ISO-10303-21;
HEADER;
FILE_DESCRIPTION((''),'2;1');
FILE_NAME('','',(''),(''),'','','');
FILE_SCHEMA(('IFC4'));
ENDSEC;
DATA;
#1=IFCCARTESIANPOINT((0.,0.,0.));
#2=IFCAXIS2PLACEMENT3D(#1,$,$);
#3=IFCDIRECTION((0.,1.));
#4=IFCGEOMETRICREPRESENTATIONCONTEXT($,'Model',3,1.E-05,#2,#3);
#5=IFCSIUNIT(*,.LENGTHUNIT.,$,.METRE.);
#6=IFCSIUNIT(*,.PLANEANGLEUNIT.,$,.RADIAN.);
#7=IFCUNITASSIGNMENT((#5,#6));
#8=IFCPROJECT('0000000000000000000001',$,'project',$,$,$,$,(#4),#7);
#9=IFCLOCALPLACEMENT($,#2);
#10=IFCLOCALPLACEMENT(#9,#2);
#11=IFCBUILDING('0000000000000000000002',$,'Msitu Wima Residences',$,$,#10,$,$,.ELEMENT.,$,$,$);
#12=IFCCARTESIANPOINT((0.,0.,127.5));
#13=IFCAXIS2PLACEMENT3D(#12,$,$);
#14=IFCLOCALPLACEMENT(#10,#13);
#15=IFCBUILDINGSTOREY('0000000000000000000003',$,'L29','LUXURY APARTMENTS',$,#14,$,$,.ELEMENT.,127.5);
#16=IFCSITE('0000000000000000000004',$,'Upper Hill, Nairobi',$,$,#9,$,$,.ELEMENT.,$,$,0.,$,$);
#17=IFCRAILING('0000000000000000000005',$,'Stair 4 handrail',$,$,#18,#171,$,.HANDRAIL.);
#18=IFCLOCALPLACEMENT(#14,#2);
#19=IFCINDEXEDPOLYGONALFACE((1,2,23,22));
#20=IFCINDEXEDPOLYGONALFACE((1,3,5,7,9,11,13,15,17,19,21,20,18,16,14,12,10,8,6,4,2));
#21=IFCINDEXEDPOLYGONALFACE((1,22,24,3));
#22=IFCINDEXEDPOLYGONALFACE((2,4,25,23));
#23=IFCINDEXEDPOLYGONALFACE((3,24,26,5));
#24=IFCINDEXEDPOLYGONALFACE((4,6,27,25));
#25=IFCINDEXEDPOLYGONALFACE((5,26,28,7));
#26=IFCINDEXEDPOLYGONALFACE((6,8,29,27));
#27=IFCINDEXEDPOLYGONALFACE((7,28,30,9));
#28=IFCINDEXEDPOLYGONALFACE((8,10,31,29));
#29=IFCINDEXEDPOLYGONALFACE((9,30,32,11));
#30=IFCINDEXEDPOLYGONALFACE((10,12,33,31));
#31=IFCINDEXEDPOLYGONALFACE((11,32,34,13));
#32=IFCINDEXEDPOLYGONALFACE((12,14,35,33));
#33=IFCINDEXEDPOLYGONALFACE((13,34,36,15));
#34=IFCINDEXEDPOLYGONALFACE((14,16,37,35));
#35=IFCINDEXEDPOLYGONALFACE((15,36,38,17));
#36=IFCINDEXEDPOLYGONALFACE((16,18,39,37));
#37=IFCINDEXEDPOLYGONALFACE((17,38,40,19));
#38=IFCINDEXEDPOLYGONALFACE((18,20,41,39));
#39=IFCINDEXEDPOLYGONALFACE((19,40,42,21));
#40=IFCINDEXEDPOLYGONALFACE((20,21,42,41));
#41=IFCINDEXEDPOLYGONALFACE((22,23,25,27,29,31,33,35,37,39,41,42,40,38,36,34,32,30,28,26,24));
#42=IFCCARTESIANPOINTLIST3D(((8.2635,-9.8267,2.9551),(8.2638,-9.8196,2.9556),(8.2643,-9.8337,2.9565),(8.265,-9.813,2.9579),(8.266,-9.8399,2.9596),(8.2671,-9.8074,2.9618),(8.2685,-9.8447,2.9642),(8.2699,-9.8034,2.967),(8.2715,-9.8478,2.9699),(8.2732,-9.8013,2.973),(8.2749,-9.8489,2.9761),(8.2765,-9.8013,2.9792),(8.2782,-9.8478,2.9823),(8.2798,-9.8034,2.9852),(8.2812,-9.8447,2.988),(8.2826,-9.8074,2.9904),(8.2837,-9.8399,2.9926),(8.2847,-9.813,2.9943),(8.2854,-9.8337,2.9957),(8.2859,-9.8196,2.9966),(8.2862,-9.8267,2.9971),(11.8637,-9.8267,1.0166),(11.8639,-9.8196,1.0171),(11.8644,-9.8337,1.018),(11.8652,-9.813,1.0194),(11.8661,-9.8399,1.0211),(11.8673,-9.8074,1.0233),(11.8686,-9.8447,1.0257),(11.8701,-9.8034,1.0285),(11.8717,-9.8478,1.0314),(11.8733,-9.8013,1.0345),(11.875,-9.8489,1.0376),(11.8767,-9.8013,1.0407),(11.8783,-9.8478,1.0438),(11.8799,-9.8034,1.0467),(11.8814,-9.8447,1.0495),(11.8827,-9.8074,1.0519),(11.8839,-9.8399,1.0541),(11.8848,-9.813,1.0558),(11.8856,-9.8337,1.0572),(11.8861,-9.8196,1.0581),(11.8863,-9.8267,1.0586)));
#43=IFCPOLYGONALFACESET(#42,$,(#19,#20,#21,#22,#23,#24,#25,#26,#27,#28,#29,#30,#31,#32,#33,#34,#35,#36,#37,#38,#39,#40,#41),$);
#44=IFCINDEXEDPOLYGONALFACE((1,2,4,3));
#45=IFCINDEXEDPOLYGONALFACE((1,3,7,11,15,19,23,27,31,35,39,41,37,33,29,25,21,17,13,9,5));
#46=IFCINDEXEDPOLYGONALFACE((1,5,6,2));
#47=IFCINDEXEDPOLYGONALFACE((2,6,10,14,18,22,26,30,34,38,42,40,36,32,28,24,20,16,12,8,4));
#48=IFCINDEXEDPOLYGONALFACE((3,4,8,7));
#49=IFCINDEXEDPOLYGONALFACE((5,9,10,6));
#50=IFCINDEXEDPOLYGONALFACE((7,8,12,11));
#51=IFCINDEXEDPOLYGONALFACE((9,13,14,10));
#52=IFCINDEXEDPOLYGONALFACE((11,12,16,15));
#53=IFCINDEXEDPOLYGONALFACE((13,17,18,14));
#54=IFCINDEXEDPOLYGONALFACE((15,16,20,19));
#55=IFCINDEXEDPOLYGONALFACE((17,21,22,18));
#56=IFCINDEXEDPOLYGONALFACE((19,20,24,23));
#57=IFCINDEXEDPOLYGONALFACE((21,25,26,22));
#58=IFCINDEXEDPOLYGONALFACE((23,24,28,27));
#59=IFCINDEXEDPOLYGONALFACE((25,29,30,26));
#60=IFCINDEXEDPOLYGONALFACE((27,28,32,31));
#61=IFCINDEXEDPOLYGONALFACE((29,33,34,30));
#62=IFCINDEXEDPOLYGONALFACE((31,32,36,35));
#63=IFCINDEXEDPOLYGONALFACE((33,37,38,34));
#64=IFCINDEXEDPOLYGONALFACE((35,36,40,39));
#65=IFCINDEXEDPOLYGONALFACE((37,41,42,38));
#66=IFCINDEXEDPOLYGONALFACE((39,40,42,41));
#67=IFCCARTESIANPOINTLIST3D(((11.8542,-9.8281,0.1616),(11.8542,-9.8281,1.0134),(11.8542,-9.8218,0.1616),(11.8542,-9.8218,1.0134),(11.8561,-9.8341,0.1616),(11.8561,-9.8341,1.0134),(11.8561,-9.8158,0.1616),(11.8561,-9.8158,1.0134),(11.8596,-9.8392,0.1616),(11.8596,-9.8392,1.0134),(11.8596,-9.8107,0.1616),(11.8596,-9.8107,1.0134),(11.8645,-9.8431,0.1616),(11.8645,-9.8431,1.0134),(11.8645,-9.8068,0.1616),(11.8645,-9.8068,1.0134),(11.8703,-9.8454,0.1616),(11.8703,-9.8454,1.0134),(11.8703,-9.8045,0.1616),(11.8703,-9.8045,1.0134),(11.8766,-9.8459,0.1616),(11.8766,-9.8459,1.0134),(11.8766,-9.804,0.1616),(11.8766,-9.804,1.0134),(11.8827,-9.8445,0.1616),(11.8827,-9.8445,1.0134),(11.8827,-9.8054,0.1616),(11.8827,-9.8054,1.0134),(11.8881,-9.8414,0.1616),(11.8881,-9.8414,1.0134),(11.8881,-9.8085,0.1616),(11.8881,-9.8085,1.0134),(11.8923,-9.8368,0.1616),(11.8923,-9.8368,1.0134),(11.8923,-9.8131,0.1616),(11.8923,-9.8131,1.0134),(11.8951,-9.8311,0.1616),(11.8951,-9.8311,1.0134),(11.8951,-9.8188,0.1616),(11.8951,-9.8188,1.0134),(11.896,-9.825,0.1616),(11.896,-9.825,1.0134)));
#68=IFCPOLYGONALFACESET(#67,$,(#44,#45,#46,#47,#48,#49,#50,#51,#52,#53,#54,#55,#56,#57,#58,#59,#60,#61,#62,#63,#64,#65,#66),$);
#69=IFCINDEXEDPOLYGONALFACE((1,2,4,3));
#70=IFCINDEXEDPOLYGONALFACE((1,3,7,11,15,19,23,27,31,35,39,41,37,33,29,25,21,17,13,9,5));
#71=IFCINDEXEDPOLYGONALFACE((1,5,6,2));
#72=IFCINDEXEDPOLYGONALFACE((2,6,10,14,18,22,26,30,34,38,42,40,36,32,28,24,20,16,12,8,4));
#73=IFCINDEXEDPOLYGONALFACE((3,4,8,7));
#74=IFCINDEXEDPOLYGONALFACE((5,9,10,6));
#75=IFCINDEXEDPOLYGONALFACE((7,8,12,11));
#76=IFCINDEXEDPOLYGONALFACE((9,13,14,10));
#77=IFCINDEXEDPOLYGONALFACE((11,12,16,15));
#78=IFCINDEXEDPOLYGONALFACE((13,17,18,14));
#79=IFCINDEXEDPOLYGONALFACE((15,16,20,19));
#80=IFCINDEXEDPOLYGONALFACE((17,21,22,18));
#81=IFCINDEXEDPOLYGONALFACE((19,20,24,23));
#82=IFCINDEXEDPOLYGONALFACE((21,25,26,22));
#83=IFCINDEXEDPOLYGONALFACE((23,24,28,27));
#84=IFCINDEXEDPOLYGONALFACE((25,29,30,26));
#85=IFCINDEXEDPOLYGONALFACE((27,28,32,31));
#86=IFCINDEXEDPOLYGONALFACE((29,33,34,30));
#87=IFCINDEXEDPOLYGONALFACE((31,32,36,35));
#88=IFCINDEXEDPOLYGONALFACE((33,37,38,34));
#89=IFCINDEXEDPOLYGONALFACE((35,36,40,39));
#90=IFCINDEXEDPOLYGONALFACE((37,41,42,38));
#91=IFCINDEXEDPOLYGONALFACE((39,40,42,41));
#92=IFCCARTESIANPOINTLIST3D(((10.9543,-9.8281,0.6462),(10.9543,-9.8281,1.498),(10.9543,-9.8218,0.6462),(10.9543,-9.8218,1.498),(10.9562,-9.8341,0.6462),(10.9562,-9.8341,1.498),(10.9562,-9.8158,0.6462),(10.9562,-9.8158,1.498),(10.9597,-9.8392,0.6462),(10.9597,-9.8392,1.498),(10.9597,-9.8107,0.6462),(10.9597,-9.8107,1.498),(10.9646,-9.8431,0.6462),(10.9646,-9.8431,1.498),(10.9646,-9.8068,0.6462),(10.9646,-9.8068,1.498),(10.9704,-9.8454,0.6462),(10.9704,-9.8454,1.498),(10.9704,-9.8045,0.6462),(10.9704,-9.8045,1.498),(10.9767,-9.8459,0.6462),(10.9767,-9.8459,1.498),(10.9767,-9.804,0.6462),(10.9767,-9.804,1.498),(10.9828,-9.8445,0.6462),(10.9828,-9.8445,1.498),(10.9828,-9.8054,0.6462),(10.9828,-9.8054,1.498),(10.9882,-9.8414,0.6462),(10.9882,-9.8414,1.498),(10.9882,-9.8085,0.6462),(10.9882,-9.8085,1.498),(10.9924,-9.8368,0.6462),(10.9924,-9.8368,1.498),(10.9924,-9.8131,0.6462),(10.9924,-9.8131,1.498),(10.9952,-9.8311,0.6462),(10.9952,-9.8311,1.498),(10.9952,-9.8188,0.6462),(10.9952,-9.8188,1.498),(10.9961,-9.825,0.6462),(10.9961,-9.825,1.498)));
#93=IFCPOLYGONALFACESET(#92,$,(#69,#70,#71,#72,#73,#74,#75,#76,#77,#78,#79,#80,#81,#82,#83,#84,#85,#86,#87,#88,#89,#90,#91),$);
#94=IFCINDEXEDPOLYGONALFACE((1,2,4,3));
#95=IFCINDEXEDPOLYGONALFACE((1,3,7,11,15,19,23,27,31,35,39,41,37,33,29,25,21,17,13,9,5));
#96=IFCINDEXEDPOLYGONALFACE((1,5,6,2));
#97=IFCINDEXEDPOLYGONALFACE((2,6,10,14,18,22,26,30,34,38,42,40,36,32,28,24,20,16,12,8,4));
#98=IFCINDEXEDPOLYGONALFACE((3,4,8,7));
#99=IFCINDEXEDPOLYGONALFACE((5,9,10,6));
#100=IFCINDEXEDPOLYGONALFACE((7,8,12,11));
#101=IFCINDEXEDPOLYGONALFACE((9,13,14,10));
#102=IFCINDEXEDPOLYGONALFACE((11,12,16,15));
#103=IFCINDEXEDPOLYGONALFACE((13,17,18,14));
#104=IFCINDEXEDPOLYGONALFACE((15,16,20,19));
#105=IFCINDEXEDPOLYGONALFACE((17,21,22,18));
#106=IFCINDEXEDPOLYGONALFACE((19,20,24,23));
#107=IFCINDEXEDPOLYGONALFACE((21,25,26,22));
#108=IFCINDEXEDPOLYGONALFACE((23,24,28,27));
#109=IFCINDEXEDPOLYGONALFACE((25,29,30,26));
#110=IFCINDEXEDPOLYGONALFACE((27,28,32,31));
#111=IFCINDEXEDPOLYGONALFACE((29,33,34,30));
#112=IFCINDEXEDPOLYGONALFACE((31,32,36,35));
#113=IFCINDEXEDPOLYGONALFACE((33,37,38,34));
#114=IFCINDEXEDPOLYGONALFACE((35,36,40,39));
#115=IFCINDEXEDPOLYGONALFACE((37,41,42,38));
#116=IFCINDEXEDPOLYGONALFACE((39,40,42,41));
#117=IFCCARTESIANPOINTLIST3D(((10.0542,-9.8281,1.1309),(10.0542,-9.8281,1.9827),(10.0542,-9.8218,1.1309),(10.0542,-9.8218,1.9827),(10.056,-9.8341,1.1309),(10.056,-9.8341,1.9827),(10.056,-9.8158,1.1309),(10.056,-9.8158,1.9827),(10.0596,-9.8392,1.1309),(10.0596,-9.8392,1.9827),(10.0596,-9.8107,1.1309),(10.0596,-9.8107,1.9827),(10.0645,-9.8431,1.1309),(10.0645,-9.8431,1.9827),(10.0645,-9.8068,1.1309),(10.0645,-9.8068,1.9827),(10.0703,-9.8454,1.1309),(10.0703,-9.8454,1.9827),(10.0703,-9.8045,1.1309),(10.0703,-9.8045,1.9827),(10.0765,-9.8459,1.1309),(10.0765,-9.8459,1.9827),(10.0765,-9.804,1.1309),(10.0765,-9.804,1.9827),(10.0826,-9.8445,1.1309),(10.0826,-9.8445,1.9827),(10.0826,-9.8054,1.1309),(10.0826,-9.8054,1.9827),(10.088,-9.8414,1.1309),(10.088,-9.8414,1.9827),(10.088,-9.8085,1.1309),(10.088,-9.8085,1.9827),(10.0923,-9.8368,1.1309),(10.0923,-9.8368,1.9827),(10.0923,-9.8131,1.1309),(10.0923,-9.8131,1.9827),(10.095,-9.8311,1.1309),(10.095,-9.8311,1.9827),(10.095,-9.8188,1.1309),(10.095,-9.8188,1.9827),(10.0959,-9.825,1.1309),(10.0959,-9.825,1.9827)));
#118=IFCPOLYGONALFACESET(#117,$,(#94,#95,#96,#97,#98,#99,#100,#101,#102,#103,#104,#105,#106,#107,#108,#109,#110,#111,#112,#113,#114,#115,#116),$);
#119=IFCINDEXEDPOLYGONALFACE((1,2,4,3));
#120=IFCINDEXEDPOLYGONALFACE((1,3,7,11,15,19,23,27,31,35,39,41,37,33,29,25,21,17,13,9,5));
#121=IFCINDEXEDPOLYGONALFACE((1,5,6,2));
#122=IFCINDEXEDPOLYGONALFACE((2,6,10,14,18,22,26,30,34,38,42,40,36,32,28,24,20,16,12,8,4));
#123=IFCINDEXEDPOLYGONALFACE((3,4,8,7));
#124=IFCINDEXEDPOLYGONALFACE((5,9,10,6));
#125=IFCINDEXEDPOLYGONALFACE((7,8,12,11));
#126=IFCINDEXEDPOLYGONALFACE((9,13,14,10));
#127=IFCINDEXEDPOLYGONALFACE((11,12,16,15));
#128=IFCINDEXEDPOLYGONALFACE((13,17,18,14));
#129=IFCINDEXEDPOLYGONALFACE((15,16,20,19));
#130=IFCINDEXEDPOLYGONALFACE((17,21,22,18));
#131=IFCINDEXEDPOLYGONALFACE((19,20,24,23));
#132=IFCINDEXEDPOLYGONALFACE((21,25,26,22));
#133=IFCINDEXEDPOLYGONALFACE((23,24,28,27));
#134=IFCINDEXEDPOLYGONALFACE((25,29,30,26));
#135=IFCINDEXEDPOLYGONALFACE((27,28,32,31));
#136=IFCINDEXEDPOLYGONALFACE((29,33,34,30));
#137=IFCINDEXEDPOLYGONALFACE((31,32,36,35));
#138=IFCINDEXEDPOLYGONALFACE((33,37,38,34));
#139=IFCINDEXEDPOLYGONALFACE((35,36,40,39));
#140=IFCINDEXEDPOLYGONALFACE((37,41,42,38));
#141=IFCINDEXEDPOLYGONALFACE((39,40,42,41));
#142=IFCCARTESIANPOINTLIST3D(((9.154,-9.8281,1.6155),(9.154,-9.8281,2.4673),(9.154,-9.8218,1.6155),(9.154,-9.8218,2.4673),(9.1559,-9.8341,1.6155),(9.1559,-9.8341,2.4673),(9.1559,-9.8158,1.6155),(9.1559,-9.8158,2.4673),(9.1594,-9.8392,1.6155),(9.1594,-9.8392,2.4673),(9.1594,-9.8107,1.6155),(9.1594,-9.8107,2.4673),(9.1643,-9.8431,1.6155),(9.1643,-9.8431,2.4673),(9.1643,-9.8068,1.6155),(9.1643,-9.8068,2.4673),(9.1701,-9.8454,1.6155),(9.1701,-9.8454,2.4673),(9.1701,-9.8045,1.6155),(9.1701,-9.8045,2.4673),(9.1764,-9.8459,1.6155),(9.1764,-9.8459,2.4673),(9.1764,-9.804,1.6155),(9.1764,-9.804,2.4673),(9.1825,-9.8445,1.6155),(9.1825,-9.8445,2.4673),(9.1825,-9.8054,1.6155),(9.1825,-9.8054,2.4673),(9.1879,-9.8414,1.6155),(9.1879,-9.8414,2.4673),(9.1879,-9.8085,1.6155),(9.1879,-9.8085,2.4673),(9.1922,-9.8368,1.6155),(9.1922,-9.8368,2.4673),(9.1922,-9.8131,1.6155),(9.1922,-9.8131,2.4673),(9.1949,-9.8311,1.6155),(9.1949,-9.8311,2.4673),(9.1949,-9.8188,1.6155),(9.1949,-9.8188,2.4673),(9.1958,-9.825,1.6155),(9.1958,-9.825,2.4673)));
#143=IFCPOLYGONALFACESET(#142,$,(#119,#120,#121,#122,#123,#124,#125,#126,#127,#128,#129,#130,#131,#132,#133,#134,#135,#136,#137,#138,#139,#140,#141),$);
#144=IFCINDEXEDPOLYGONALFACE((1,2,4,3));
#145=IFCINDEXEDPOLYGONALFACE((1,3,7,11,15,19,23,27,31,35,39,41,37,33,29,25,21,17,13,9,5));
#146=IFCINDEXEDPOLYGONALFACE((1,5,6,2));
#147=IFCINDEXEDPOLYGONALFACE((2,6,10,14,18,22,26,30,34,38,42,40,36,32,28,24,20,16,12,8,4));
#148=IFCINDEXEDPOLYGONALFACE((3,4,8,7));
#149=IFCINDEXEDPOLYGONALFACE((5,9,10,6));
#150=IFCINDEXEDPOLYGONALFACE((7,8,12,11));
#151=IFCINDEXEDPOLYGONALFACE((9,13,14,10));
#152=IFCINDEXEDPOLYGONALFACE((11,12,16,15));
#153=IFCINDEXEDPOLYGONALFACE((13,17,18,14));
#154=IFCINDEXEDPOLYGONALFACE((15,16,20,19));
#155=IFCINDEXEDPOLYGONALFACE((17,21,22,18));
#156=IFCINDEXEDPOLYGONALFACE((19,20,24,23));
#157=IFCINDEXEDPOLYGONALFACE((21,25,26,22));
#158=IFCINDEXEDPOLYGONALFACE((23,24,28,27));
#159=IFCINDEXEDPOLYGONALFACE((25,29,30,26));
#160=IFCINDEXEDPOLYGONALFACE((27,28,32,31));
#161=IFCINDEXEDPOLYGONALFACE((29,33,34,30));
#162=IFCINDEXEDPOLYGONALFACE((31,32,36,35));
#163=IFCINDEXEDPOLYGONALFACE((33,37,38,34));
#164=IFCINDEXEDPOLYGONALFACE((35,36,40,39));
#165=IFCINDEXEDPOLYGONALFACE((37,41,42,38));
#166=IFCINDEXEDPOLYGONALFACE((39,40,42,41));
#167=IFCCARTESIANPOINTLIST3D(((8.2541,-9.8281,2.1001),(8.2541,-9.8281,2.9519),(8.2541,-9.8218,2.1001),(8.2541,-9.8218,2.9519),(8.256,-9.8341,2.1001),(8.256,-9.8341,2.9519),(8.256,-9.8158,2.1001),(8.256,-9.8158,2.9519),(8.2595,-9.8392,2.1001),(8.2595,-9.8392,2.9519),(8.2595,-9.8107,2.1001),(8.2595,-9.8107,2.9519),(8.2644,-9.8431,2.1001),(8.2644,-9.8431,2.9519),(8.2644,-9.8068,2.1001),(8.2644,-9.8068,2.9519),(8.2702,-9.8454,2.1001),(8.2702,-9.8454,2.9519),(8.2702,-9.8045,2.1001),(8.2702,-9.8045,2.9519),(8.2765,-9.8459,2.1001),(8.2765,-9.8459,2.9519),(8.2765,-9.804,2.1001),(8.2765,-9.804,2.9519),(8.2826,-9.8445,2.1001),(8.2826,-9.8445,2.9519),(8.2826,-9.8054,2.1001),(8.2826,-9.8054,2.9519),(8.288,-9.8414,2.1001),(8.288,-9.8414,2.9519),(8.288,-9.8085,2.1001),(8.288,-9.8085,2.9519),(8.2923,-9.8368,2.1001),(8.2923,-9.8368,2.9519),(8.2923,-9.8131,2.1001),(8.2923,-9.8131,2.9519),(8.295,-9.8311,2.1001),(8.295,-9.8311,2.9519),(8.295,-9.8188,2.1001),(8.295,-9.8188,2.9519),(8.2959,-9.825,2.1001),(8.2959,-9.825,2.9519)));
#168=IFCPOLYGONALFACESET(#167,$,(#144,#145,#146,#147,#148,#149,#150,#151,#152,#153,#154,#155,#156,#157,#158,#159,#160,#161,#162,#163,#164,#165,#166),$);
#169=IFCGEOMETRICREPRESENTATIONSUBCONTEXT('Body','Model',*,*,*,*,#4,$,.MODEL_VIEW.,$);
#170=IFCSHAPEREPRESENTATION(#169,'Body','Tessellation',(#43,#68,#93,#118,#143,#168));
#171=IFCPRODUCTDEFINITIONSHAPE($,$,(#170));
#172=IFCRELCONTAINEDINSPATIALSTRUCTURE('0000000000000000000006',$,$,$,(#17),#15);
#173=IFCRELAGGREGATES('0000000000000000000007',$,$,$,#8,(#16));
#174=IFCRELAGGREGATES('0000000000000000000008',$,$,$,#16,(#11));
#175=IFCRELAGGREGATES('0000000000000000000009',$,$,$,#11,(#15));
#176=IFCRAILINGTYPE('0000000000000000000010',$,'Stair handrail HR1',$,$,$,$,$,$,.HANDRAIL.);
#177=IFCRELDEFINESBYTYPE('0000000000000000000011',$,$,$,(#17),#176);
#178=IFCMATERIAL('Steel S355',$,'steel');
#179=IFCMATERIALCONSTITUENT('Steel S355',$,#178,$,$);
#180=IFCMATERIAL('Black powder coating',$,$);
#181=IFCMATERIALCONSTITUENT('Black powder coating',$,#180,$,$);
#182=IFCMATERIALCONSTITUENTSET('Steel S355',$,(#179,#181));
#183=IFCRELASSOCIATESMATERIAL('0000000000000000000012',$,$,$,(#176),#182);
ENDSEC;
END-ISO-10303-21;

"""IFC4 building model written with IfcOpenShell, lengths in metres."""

from ifc_helpers import new_model, si_unit, direction, frame, origin, origin_2d, place, context, subcontext, project, spatial, circle, extrude, material, constituent, constituent_set, type_object, element, save


model = new_model("IFC4")

# Units and contexts
model_context = context("Model", 3, precision=1e-05, world=origin(), true_north=direction((0.0, 1.0)))
body_context = subcontext(model_context, "Body", "Model", "MODEL_VIEW")
ifc_project = project(units=[si_unit("LENGTHUNIT", "METRE"), si_unit("PLANEANGLEUNIT", "RADIAN")], contexts=[model_context])

# Site, building, storey
site_placement = place(None, origin())
site = spatial("IfcSite", under=ifc_project, at=site_placement, Name="Upper Hill, Nairobi", CompositionType="ELEMENT", RefElevation=0.0)
building_placement = place(site_placement, origin())
building = spatial("IfcBuilding", under=site, at=building_placement, Name="Msitu Wima Residences", CompositionType="ELEMENT")
storey_placement = place(building_placement, frame((0.0, 0.0, 127.5)))
storey = spatial("IfcBuildingStorey", under=building, at=storey_placement, Name="L29", Description="LUXURY APARTMENTS", CompositionType="ELEMENT", Elevation=127.5)

# Railing
ifc_material_1 = material(Name="Steel S355", Category="steel")
ifc_constituent_1 = constituent(ifc_material_1, Name="Steel S355")
ifc_material_2 = material(Name="Black powder coating")
ifc_constituent_2 = constituent(ifc_material_2, Name="Black powder coating")
ifc_constituent_set = constituent_set(constituents=[ifc_constituent_1, ifc_constituent_2], Name="Steel S355")
railing_type = type_object("IfcRailingType", Name="Stair handrail HR1", PredefinedType="HANDRAIL", material=ifc_constituent_set)
for number, where, name in (
    (1, (11.875, -9.825, 0.1616), "Stair 4 handrail"),
):
    element("IfcRailing", number, at=place(storey_placement, frame(where)), inside=storey, type_object=railing_type, Name=name, PredefinedType="HANDRAIL", context=body_context, shape_type="SweptSolid", body=[
        extrude(circle(Radius=0.0239, at=origin_2d()), frame((0.0, 0.0, 0.876), z_axis=(-0.880475, 0.0, 0.474093), x_axis=(0.0, -1.0, 0.0)), (0.0, 0.0, 1.0), 4.0889),
        extrude(circle(Radius=0.021, at=origin_2d()), origin(), (0.0, 0.0, 1.0), 0.8518),
        extrude(circle(Radius=0.021, at=origin_2d()), frame((-0.8999, 0.0, 0.4846)), (0.0, 0.0, 1.0), 0.8518),
        extrude(circle(Radius=0.021, at=origin_2d()), frame((-1.8, 0.0, 0.9692)), (0.0, 0.0, 1.0), 0.8518),
        extrude(circle(Radius=0.021, at=origin_2d()), frame((-2.7002, 0.0, 1.4539)), (0.0, 0.0, 1.0), 0.8518),
        extrude(circle(Radius=0.021, at=origin_2d()), frame((-3.6001, 0.0, 1.9385)), (0.0, 0.0, 1.0), 0.8518),
    ])

save(model, "model.ifc")
